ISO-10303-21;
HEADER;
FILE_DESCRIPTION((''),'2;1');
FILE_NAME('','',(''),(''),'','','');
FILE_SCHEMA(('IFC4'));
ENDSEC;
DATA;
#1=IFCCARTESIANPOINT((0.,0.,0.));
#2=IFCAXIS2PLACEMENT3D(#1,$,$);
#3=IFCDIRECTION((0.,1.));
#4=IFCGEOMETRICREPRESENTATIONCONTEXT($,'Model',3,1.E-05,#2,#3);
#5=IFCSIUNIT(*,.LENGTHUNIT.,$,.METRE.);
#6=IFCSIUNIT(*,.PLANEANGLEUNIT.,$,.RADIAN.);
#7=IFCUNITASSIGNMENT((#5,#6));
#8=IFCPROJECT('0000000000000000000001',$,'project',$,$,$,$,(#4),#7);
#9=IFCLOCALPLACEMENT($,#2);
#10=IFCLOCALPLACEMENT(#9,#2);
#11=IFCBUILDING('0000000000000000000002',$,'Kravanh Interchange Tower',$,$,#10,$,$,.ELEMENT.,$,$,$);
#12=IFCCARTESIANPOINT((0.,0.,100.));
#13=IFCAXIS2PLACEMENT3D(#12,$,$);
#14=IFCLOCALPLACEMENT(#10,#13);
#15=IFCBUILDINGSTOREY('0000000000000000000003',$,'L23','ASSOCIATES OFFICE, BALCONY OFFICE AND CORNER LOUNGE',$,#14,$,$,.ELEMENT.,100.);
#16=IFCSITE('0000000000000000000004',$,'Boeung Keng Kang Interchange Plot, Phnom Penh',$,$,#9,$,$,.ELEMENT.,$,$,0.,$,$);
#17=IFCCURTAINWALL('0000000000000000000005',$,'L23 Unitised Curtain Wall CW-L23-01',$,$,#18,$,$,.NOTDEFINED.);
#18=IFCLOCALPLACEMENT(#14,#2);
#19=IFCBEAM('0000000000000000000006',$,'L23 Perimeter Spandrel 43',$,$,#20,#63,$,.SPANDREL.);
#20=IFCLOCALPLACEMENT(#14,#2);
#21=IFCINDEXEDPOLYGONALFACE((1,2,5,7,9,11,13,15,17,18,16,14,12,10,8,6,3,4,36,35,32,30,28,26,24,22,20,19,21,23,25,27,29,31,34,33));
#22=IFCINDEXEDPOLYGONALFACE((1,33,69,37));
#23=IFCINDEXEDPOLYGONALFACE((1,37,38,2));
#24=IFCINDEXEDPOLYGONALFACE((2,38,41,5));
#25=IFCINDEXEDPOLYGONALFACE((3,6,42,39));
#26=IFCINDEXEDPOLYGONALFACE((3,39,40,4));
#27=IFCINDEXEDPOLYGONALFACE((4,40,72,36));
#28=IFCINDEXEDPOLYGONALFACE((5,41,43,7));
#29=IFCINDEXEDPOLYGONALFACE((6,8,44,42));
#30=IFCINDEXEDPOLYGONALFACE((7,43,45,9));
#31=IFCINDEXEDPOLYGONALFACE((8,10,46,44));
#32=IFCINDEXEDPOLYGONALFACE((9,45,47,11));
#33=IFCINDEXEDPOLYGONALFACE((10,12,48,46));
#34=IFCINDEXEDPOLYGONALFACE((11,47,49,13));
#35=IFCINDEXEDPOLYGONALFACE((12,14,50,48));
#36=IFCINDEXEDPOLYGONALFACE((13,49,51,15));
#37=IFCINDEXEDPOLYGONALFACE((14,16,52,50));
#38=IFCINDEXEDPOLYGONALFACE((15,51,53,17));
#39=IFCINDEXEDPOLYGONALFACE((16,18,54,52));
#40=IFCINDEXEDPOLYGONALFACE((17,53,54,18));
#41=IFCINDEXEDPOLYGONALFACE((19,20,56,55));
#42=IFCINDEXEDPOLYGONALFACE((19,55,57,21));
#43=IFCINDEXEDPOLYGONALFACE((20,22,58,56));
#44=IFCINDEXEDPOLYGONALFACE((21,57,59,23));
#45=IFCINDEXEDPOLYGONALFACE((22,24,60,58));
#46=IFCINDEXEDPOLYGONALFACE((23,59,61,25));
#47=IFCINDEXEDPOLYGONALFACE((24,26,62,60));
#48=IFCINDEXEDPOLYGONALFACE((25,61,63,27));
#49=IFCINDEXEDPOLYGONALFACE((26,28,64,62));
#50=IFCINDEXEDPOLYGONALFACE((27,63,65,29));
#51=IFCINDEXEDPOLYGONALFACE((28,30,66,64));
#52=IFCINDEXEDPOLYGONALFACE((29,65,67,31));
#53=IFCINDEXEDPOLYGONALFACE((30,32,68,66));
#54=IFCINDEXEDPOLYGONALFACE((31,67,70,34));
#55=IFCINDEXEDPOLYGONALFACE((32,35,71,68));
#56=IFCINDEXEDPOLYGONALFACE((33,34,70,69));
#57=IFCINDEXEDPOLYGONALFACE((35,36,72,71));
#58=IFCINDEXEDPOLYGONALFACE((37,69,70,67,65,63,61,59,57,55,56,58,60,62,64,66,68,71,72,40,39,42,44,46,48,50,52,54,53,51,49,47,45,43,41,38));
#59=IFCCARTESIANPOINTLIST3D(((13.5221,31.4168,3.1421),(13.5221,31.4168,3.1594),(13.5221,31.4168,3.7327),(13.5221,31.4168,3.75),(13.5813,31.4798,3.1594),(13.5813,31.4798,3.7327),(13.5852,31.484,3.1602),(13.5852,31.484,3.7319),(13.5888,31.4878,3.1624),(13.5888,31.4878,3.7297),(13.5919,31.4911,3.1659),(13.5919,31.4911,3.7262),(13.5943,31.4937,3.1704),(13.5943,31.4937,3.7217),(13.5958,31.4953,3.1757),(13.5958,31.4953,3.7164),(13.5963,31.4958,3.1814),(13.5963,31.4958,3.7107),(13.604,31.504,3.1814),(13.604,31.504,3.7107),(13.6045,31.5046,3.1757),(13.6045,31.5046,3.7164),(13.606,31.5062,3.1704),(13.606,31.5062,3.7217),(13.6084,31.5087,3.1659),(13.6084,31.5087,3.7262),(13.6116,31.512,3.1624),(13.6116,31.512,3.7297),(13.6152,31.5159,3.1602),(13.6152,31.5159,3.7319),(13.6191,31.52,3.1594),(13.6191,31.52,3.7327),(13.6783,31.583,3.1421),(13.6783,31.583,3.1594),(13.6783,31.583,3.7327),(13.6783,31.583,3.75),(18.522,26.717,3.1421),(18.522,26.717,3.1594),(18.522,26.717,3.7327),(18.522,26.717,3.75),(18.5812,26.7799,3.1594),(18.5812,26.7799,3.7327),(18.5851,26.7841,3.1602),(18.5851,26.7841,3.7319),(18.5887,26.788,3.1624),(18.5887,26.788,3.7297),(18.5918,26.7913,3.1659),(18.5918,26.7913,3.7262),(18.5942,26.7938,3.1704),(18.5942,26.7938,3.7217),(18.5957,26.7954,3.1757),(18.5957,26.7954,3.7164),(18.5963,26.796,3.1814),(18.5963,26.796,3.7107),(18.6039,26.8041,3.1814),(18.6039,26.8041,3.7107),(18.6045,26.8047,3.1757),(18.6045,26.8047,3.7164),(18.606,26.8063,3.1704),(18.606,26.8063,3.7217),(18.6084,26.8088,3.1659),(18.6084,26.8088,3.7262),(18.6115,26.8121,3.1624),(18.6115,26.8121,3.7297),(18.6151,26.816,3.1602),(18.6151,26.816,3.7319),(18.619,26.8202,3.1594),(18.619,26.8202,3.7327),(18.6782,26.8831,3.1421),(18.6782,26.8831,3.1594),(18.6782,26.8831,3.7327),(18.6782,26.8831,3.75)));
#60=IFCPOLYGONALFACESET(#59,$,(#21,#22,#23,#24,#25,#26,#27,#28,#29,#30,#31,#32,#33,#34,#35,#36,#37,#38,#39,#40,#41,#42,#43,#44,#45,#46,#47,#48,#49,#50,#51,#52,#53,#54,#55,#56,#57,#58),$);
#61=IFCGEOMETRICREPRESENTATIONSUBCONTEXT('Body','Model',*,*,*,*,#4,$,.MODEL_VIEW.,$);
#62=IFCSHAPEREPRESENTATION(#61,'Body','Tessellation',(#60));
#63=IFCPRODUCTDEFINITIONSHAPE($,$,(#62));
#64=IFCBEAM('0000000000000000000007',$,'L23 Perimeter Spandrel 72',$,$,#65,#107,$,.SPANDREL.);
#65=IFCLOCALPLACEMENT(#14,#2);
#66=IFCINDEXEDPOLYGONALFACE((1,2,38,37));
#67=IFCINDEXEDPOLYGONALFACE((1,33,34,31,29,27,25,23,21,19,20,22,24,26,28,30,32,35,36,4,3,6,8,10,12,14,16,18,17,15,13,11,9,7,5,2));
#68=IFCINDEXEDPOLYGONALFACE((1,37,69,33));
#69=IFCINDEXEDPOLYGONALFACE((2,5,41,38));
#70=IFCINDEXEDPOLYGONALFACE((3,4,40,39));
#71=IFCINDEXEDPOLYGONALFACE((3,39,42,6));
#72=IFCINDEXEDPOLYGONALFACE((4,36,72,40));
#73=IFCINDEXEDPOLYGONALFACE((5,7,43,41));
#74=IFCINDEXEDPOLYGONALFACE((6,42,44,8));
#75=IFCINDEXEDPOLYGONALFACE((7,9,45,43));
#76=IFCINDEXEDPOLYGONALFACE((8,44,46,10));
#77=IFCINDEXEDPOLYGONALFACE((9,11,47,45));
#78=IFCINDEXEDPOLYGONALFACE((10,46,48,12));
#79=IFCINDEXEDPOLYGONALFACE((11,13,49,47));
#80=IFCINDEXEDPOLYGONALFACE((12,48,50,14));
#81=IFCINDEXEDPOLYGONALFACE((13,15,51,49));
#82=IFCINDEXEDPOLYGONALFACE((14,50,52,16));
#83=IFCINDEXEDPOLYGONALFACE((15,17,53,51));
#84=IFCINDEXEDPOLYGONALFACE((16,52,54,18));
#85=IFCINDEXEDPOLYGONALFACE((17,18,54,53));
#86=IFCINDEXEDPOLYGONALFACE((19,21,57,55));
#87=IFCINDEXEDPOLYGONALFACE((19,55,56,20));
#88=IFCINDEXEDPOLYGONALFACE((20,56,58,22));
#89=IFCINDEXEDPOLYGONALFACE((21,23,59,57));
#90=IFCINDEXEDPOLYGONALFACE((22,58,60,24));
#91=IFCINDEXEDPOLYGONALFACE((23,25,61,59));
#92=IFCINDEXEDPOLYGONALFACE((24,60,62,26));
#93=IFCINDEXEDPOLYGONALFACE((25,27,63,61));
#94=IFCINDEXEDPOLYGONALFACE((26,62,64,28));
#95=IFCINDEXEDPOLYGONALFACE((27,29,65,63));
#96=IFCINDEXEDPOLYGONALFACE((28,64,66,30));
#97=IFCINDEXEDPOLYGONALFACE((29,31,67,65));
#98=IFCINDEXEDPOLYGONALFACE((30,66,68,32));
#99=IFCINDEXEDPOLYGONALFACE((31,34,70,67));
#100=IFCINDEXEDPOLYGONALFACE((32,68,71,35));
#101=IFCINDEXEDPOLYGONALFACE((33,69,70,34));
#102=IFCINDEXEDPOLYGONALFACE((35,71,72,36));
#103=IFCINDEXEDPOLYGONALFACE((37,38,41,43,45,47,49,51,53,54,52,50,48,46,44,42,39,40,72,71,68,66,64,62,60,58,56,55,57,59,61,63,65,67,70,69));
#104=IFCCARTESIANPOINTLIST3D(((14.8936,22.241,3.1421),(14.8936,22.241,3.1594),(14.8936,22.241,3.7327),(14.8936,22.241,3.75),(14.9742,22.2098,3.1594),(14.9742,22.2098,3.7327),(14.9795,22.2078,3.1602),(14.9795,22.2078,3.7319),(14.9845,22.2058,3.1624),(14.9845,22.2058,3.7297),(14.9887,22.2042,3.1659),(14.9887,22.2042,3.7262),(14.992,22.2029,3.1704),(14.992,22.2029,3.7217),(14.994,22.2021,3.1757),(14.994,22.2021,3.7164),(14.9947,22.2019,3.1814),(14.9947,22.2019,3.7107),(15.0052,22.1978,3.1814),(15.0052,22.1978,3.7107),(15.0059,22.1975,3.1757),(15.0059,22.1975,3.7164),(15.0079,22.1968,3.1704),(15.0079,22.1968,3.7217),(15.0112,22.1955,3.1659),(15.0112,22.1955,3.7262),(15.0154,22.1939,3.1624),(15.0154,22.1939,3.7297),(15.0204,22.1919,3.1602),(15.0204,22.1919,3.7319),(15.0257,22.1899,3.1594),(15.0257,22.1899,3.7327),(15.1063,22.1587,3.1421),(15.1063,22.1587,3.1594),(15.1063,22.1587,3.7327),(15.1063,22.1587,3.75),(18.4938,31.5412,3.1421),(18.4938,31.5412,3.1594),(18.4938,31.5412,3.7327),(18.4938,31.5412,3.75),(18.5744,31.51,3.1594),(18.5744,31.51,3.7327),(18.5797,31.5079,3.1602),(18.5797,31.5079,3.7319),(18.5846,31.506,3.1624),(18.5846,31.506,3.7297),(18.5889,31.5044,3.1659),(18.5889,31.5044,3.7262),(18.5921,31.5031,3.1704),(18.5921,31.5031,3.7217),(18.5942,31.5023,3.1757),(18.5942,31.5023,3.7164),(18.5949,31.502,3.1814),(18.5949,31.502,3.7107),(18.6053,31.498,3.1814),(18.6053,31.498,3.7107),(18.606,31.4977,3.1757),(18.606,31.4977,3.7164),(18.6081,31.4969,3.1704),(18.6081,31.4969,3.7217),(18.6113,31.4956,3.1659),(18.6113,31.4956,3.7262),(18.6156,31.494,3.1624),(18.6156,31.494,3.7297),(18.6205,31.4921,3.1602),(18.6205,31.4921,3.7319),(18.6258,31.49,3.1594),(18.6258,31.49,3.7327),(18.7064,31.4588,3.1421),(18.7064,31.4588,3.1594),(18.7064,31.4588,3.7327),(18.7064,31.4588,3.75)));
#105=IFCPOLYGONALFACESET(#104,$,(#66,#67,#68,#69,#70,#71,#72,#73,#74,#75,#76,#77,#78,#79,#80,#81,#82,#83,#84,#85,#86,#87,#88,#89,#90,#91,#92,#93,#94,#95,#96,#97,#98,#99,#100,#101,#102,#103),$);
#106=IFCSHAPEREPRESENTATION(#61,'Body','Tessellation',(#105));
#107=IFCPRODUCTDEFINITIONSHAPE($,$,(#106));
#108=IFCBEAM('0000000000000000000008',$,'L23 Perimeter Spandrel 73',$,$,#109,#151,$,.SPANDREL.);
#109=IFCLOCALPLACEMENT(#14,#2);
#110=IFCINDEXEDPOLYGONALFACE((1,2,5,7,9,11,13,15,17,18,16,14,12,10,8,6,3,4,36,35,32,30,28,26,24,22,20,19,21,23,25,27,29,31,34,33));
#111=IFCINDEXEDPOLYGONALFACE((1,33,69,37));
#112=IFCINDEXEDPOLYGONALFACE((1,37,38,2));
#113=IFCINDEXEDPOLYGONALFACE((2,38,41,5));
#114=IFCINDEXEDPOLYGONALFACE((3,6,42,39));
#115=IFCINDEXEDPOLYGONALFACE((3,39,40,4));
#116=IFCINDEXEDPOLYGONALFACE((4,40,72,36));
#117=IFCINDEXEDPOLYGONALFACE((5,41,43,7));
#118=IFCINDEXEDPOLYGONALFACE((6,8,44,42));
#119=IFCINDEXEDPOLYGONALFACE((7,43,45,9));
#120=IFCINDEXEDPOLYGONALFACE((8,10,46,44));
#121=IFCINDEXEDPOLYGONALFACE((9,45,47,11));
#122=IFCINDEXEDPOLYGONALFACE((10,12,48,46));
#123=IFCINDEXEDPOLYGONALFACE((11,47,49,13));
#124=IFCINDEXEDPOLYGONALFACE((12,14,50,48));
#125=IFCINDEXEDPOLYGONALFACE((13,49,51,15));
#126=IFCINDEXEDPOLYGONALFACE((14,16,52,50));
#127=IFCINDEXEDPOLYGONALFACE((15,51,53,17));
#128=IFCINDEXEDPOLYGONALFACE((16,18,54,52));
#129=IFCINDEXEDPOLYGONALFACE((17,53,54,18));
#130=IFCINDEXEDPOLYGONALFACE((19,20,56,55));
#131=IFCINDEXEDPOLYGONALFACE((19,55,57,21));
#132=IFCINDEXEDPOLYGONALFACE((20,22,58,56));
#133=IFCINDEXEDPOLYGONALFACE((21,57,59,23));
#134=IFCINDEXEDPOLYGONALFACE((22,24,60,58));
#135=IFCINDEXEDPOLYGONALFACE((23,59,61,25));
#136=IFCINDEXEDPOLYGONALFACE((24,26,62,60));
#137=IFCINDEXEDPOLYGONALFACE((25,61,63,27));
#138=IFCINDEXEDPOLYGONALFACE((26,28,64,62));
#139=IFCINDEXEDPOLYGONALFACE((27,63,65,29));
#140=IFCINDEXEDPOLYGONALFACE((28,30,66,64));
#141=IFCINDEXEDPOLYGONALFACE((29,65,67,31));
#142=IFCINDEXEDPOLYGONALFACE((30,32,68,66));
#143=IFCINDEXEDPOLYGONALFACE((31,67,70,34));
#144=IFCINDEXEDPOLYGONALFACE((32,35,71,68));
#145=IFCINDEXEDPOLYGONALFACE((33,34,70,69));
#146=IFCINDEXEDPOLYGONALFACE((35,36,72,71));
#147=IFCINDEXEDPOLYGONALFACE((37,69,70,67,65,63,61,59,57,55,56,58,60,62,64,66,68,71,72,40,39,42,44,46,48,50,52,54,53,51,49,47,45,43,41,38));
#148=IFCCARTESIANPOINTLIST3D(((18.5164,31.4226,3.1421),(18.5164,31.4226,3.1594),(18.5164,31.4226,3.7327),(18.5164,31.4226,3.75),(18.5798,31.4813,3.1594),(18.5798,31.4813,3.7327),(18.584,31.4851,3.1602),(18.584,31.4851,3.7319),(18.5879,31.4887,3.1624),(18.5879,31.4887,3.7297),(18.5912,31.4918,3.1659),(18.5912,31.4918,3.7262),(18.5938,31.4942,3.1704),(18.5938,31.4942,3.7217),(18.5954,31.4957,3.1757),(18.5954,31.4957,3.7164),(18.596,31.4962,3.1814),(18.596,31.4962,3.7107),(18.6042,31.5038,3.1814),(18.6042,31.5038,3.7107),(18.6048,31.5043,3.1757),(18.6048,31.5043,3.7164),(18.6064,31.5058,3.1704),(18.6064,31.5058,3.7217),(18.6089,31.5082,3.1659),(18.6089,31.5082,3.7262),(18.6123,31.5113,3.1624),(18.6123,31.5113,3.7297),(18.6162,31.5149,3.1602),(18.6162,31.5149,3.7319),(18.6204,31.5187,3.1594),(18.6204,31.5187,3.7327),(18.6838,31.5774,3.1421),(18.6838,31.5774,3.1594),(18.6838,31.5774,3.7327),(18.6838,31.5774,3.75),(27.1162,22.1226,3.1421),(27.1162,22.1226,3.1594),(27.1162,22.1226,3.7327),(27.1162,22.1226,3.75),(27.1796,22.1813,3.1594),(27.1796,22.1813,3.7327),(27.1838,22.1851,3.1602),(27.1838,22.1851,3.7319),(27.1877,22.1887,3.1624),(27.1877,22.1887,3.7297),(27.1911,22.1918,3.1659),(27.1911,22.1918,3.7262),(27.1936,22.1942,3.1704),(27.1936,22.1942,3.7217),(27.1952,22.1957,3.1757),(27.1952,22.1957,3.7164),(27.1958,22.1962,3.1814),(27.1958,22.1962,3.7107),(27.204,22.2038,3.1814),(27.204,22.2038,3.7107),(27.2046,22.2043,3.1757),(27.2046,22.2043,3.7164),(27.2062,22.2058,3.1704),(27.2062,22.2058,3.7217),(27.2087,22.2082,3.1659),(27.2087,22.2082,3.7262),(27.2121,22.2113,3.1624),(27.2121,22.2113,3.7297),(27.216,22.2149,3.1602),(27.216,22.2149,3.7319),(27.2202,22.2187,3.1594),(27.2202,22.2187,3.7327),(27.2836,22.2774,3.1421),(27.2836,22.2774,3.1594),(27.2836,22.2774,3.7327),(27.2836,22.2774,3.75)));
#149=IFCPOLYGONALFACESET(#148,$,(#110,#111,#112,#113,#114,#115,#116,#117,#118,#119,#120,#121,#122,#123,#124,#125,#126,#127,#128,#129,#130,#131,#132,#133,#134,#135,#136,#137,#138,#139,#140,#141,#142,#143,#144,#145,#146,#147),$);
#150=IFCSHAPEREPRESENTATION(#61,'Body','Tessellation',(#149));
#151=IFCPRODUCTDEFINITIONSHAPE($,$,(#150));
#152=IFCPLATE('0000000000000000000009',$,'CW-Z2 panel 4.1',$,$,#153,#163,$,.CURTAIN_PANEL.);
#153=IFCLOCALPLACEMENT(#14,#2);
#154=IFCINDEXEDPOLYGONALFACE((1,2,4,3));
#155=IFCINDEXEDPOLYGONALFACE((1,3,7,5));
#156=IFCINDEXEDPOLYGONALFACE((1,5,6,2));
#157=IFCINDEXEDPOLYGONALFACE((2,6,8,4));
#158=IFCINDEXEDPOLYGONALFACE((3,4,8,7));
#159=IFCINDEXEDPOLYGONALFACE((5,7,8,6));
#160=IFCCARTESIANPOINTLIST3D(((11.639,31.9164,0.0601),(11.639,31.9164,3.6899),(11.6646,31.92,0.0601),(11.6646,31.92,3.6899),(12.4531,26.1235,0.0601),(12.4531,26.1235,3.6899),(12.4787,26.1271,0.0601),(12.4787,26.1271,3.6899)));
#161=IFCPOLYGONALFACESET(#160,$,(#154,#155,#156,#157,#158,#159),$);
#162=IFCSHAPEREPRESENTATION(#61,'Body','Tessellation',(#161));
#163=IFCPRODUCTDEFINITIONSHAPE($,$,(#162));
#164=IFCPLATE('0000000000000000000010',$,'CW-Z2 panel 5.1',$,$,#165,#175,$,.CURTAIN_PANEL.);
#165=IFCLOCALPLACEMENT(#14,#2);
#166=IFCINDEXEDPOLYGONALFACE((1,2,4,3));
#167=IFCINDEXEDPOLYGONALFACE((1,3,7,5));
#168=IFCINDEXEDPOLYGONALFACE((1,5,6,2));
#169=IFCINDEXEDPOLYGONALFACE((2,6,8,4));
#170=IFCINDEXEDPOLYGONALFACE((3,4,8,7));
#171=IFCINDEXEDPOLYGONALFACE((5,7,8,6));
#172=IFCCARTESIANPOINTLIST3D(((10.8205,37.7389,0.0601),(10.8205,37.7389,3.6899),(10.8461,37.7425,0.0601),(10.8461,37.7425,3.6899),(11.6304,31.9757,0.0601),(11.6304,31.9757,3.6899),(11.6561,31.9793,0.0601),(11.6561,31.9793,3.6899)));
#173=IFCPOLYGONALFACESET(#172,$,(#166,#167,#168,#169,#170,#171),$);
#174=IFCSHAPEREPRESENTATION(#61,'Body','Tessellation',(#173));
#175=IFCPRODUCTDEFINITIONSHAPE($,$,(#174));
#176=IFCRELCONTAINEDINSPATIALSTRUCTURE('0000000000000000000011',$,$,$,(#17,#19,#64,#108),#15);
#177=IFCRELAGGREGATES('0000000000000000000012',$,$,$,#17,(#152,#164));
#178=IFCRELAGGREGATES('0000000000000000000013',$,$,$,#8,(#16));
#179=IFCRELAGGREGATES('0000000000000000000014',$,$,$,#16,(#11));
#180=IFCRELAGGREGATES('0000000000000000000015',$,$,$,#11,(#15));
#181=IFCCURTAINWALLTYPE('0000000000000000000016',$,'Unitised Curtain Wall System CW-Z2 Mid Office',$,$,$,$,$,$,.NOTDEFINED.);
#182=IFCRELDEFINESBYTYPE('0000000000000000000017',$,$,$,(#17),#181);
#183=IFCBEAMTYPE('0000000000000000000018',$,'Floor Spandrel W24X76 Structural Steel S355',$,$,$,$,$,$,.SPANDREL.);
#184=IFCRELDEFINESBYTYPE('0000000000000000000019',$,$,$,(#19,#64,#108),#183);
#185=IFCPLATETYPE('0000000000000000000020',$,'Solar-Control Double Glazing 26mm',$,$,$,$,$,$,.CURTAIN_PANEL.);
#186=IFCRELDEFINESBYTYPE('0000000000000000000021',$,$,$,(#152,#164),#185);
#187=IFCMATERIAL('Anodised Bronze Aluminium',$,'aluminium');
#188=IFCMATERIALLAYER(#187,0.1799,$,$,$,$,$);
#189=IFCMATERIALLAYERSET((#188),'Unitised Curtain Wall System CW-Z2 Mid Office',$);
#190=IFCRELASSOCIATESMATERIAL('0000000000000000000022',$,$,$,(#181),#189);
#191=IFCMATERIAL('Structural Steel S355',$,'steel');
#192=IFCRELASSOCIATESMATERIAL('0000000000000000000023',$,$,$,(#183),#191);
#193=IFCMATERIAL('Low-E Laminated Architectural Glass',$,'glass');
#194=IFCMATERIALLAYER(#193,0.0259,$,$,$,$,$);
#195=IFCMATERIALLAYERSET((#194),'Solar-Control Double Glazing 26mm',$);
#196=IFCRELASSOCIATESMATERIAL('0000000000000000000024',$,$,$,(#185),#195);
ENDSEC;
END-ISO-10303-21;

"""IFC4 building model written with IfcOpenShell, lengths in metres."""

from ifc_helpers import new_model, si_unit, direction, frame, origin, origin_2d, place, context, subcontext, project, spatial, rectangle, i_section, extrude, material, layer, layer_set, material_profile, profile_set, type_object, element, aggregate, save


model = new_model("IFC4")

# Units and contexts
model_context = context("Model", 3, precision=1e-05, world=origin(), true_north=direction((0.0, 1.0)))
body_context = subcontext(model_context, "Body", "Model", "MODEL_VIEW")
ifc_project = project(units=[si_unit("LENGTHUNIT", "METRE"), si_unit("PLANEANGLEUNIT", "RADIAN")], contexts=[model_context])

# Site, building, storey
site_placement = place(None, origin())
site = spatial("IfcSite", under=ifc_project, at=site_placement, Name="Boeung Keng Kang Interchange Plot, Phnom Penh", CompositionType="ELEMENT", RefElevation=0.0)
building_placement = place(site_placement, origin())
building = spatial("IfcBuilding", under=site, at=building_placement, Name="Kravanh Interchange Tower", CompositionType="ELEMENT")
storey_placement = place(building_placement, frame((0.0, 0.0, 100.0)))
storey = spatial("IfcBuildingStorey", under=building, at=storey_placement, Name="L23", Description="ASSOCIATES OFFICE, BALCONY OFFICE AND CORNER LOUNGE", CompositionType="ELEMENT", Elevation=100.0)

# Curtain wall
ifc_material_1 = material(Name="Anodised Bronze Aluminium", Category="aluminium")
ifc_layer_1 = layer(ifc_material_1, 0.1799)
ifc_layer_set_1 = layer_set([ifc_layer_1], Name="Unitised Curtain Wall System CW-Z2 Mid Office")
curtain_wall_type = type_object("IfcCurtainWallType", Name="Unitised Curtain Wall System CW-Z2 Mid Office", PredefinedType="NOTDEFINED", material=ifc_layer_set_1)
curtain_wall_placement = place(storey_placement, origin())
curtain_wall = element("IfcCurtainWall", 1, at=curtain_wall_placement, inside=storey, type_object=curtain_wall_type, Name="L23 Unitised Curtain Wall CW-L23-01", PredefinedType="NOTDEFINED")

# Beams
ifc_material_2 = material(Name="Structural Steel S355", Category="steel")
ifc_material_profile_1 = material_profile(ifc_material_2, i_section(OverallWidth=0.228, OverallDepth=0.6079, WebThickness=0.0112, FlangeThickness=0.0173, FilletRadius=0.022, at=origin_2d()), Name="W24X76")
ifc_profile_set_1 = profile_set([ifc_material_profile_1], Name="Structural Steel S355")
beam_type_1 = type_object("IfcBeamType", Name="Floor Spandrel W24X76 Structural Steel S355", PredefinedType="SPANDREL", material=ifc_profile_set_1)
beam_1_placement = place(storey_placement, frame((18.6001, 26.8, 3.446), z_axis=(-0.728631, 0.684906, 0.0), x_axis=(-0.684906, -0.728631, 0.0)))
element("IfcBeam", 2, at=beam_1_placement, inside=storey, type_object=beam_type_1, Name="L23 Perimeter Spandrel 43", PredefinedType="SPANDREL", context=body_context, shape_type="SweptSolid", body=[
    extrude(i_section(OverallWidth=0.228, OverallDepth=0.6079, WebThickness=0.0112, FlangeThickness=0.0173, FilletRadius=0.022, at=origin_2d()), origin(), (0.0, 0.0, 1.0), 6.8621),
])
beam_2_placement = place(storey_placement, frame((18.6001, 31.5, 3.446), z_axis=(-0.361001, -0.932565, 0.0), x_axis=(0.932565, -0.361001, 0.0)))
element("IfcBeam", 3, at=beam_2_placement, inside=storey, type_object=beam_type_1, Name="L23 Perimeter Spandrel 72", PredefinedType="SPANDREL", context=body_context, shape_type="SweptSolid", body=[
    extrude(i_section(OverallWidth=0.228, OverallDepth=0.6079, WebThickness=0.0112, FlangeThickness=0.0173, FilletRadius=0.022, at=origin_2d()), origin(), (0.0, 0.0, 1.0), 9.9727),
])
beam_3_placement = place(storey_placement, frame((18.6001, 31.5, 3.446), z_axis=(0.678927, -0.734205, 0.0), x_axis=(0.734205, 0.678927, 0.0)))
element("IfcBeam", 4, at=beam_3_placement, inside=storey, type_object=beam_type_1, Name="L23 Perimeter Spandrel 73", PredefinedType="SPANDREL", context=body_context, shape_type="SweptSolid", body=[
    extrude(i_section(OverallWidth=0.228, OverallDepth=0.6079, WebThickness=0.0112, FlangeThickness=0.0173, FilletRadius=0.022, at=origin_2d()), origin(), (0.0, 0.0, 1.0), 12.6667),
])

# Plates
ifc_material_3 = material(Name="Low-E Laminated Architectural Glass", Category="glass")
ifc_layer_2 = layer(ifc_material_3, 0.0259)
ifc_layer_set_2 = layer_set([ifc_layer_2], Name="Solar-Control Double Glazing 26mm")
plate_type = type_object("IfcPlateType", Name="Solar-Control Double Glazing 26mm", PredefinedType="CURTAIN_PANEL", material=ifc_layer_set_2)
plate_1_placement = place(storey_placement, frame((12.0588, 29.0217, 0.0601), z_axis=(0.0, 0.0, 1.0), x_axis=(-0.139173, 0.990268, 0.0)))
plate_1 = element("IfcPlate", 5, at=plate_1_placement, type_object=plate_type, Name="CW-Z2 panel 4.1", PredefinedType="CURTAIN_PANEL", context=body_context, shape_type="SweptSolid", body=[
    extrude(rectangle(XDim=5.8499, YDim=0.0259, at=origin_2d()), origin(), (0.0, 0.0, 1.0), 3.6299),
])
plate_2_placement = place(storey_placement, frame((11.2383, 34.8591, 0.0601), z_axis=(0.0, 0.0, 1.0), x_axis=(-0.139173, 0.990268, 0.0)))
plate_2 = element("IfcPlate", 6, at=plate_2_placement, type_object=plate_type, Name="CW-Z2 panel 5.1", PredefinedType="CURTAIN_PANEL", context=body_context, shape_type="SweptSolid", body=[
    extrude(rectangle(XDim=5.8198, YDim=0.0259, at=origin_2d()), origin(), (0.0, 0.0, 1.0), 3.6299),
])
aggregate(curtain_wall, [plate_1, plate_2])

save(model, "model.ifc")
